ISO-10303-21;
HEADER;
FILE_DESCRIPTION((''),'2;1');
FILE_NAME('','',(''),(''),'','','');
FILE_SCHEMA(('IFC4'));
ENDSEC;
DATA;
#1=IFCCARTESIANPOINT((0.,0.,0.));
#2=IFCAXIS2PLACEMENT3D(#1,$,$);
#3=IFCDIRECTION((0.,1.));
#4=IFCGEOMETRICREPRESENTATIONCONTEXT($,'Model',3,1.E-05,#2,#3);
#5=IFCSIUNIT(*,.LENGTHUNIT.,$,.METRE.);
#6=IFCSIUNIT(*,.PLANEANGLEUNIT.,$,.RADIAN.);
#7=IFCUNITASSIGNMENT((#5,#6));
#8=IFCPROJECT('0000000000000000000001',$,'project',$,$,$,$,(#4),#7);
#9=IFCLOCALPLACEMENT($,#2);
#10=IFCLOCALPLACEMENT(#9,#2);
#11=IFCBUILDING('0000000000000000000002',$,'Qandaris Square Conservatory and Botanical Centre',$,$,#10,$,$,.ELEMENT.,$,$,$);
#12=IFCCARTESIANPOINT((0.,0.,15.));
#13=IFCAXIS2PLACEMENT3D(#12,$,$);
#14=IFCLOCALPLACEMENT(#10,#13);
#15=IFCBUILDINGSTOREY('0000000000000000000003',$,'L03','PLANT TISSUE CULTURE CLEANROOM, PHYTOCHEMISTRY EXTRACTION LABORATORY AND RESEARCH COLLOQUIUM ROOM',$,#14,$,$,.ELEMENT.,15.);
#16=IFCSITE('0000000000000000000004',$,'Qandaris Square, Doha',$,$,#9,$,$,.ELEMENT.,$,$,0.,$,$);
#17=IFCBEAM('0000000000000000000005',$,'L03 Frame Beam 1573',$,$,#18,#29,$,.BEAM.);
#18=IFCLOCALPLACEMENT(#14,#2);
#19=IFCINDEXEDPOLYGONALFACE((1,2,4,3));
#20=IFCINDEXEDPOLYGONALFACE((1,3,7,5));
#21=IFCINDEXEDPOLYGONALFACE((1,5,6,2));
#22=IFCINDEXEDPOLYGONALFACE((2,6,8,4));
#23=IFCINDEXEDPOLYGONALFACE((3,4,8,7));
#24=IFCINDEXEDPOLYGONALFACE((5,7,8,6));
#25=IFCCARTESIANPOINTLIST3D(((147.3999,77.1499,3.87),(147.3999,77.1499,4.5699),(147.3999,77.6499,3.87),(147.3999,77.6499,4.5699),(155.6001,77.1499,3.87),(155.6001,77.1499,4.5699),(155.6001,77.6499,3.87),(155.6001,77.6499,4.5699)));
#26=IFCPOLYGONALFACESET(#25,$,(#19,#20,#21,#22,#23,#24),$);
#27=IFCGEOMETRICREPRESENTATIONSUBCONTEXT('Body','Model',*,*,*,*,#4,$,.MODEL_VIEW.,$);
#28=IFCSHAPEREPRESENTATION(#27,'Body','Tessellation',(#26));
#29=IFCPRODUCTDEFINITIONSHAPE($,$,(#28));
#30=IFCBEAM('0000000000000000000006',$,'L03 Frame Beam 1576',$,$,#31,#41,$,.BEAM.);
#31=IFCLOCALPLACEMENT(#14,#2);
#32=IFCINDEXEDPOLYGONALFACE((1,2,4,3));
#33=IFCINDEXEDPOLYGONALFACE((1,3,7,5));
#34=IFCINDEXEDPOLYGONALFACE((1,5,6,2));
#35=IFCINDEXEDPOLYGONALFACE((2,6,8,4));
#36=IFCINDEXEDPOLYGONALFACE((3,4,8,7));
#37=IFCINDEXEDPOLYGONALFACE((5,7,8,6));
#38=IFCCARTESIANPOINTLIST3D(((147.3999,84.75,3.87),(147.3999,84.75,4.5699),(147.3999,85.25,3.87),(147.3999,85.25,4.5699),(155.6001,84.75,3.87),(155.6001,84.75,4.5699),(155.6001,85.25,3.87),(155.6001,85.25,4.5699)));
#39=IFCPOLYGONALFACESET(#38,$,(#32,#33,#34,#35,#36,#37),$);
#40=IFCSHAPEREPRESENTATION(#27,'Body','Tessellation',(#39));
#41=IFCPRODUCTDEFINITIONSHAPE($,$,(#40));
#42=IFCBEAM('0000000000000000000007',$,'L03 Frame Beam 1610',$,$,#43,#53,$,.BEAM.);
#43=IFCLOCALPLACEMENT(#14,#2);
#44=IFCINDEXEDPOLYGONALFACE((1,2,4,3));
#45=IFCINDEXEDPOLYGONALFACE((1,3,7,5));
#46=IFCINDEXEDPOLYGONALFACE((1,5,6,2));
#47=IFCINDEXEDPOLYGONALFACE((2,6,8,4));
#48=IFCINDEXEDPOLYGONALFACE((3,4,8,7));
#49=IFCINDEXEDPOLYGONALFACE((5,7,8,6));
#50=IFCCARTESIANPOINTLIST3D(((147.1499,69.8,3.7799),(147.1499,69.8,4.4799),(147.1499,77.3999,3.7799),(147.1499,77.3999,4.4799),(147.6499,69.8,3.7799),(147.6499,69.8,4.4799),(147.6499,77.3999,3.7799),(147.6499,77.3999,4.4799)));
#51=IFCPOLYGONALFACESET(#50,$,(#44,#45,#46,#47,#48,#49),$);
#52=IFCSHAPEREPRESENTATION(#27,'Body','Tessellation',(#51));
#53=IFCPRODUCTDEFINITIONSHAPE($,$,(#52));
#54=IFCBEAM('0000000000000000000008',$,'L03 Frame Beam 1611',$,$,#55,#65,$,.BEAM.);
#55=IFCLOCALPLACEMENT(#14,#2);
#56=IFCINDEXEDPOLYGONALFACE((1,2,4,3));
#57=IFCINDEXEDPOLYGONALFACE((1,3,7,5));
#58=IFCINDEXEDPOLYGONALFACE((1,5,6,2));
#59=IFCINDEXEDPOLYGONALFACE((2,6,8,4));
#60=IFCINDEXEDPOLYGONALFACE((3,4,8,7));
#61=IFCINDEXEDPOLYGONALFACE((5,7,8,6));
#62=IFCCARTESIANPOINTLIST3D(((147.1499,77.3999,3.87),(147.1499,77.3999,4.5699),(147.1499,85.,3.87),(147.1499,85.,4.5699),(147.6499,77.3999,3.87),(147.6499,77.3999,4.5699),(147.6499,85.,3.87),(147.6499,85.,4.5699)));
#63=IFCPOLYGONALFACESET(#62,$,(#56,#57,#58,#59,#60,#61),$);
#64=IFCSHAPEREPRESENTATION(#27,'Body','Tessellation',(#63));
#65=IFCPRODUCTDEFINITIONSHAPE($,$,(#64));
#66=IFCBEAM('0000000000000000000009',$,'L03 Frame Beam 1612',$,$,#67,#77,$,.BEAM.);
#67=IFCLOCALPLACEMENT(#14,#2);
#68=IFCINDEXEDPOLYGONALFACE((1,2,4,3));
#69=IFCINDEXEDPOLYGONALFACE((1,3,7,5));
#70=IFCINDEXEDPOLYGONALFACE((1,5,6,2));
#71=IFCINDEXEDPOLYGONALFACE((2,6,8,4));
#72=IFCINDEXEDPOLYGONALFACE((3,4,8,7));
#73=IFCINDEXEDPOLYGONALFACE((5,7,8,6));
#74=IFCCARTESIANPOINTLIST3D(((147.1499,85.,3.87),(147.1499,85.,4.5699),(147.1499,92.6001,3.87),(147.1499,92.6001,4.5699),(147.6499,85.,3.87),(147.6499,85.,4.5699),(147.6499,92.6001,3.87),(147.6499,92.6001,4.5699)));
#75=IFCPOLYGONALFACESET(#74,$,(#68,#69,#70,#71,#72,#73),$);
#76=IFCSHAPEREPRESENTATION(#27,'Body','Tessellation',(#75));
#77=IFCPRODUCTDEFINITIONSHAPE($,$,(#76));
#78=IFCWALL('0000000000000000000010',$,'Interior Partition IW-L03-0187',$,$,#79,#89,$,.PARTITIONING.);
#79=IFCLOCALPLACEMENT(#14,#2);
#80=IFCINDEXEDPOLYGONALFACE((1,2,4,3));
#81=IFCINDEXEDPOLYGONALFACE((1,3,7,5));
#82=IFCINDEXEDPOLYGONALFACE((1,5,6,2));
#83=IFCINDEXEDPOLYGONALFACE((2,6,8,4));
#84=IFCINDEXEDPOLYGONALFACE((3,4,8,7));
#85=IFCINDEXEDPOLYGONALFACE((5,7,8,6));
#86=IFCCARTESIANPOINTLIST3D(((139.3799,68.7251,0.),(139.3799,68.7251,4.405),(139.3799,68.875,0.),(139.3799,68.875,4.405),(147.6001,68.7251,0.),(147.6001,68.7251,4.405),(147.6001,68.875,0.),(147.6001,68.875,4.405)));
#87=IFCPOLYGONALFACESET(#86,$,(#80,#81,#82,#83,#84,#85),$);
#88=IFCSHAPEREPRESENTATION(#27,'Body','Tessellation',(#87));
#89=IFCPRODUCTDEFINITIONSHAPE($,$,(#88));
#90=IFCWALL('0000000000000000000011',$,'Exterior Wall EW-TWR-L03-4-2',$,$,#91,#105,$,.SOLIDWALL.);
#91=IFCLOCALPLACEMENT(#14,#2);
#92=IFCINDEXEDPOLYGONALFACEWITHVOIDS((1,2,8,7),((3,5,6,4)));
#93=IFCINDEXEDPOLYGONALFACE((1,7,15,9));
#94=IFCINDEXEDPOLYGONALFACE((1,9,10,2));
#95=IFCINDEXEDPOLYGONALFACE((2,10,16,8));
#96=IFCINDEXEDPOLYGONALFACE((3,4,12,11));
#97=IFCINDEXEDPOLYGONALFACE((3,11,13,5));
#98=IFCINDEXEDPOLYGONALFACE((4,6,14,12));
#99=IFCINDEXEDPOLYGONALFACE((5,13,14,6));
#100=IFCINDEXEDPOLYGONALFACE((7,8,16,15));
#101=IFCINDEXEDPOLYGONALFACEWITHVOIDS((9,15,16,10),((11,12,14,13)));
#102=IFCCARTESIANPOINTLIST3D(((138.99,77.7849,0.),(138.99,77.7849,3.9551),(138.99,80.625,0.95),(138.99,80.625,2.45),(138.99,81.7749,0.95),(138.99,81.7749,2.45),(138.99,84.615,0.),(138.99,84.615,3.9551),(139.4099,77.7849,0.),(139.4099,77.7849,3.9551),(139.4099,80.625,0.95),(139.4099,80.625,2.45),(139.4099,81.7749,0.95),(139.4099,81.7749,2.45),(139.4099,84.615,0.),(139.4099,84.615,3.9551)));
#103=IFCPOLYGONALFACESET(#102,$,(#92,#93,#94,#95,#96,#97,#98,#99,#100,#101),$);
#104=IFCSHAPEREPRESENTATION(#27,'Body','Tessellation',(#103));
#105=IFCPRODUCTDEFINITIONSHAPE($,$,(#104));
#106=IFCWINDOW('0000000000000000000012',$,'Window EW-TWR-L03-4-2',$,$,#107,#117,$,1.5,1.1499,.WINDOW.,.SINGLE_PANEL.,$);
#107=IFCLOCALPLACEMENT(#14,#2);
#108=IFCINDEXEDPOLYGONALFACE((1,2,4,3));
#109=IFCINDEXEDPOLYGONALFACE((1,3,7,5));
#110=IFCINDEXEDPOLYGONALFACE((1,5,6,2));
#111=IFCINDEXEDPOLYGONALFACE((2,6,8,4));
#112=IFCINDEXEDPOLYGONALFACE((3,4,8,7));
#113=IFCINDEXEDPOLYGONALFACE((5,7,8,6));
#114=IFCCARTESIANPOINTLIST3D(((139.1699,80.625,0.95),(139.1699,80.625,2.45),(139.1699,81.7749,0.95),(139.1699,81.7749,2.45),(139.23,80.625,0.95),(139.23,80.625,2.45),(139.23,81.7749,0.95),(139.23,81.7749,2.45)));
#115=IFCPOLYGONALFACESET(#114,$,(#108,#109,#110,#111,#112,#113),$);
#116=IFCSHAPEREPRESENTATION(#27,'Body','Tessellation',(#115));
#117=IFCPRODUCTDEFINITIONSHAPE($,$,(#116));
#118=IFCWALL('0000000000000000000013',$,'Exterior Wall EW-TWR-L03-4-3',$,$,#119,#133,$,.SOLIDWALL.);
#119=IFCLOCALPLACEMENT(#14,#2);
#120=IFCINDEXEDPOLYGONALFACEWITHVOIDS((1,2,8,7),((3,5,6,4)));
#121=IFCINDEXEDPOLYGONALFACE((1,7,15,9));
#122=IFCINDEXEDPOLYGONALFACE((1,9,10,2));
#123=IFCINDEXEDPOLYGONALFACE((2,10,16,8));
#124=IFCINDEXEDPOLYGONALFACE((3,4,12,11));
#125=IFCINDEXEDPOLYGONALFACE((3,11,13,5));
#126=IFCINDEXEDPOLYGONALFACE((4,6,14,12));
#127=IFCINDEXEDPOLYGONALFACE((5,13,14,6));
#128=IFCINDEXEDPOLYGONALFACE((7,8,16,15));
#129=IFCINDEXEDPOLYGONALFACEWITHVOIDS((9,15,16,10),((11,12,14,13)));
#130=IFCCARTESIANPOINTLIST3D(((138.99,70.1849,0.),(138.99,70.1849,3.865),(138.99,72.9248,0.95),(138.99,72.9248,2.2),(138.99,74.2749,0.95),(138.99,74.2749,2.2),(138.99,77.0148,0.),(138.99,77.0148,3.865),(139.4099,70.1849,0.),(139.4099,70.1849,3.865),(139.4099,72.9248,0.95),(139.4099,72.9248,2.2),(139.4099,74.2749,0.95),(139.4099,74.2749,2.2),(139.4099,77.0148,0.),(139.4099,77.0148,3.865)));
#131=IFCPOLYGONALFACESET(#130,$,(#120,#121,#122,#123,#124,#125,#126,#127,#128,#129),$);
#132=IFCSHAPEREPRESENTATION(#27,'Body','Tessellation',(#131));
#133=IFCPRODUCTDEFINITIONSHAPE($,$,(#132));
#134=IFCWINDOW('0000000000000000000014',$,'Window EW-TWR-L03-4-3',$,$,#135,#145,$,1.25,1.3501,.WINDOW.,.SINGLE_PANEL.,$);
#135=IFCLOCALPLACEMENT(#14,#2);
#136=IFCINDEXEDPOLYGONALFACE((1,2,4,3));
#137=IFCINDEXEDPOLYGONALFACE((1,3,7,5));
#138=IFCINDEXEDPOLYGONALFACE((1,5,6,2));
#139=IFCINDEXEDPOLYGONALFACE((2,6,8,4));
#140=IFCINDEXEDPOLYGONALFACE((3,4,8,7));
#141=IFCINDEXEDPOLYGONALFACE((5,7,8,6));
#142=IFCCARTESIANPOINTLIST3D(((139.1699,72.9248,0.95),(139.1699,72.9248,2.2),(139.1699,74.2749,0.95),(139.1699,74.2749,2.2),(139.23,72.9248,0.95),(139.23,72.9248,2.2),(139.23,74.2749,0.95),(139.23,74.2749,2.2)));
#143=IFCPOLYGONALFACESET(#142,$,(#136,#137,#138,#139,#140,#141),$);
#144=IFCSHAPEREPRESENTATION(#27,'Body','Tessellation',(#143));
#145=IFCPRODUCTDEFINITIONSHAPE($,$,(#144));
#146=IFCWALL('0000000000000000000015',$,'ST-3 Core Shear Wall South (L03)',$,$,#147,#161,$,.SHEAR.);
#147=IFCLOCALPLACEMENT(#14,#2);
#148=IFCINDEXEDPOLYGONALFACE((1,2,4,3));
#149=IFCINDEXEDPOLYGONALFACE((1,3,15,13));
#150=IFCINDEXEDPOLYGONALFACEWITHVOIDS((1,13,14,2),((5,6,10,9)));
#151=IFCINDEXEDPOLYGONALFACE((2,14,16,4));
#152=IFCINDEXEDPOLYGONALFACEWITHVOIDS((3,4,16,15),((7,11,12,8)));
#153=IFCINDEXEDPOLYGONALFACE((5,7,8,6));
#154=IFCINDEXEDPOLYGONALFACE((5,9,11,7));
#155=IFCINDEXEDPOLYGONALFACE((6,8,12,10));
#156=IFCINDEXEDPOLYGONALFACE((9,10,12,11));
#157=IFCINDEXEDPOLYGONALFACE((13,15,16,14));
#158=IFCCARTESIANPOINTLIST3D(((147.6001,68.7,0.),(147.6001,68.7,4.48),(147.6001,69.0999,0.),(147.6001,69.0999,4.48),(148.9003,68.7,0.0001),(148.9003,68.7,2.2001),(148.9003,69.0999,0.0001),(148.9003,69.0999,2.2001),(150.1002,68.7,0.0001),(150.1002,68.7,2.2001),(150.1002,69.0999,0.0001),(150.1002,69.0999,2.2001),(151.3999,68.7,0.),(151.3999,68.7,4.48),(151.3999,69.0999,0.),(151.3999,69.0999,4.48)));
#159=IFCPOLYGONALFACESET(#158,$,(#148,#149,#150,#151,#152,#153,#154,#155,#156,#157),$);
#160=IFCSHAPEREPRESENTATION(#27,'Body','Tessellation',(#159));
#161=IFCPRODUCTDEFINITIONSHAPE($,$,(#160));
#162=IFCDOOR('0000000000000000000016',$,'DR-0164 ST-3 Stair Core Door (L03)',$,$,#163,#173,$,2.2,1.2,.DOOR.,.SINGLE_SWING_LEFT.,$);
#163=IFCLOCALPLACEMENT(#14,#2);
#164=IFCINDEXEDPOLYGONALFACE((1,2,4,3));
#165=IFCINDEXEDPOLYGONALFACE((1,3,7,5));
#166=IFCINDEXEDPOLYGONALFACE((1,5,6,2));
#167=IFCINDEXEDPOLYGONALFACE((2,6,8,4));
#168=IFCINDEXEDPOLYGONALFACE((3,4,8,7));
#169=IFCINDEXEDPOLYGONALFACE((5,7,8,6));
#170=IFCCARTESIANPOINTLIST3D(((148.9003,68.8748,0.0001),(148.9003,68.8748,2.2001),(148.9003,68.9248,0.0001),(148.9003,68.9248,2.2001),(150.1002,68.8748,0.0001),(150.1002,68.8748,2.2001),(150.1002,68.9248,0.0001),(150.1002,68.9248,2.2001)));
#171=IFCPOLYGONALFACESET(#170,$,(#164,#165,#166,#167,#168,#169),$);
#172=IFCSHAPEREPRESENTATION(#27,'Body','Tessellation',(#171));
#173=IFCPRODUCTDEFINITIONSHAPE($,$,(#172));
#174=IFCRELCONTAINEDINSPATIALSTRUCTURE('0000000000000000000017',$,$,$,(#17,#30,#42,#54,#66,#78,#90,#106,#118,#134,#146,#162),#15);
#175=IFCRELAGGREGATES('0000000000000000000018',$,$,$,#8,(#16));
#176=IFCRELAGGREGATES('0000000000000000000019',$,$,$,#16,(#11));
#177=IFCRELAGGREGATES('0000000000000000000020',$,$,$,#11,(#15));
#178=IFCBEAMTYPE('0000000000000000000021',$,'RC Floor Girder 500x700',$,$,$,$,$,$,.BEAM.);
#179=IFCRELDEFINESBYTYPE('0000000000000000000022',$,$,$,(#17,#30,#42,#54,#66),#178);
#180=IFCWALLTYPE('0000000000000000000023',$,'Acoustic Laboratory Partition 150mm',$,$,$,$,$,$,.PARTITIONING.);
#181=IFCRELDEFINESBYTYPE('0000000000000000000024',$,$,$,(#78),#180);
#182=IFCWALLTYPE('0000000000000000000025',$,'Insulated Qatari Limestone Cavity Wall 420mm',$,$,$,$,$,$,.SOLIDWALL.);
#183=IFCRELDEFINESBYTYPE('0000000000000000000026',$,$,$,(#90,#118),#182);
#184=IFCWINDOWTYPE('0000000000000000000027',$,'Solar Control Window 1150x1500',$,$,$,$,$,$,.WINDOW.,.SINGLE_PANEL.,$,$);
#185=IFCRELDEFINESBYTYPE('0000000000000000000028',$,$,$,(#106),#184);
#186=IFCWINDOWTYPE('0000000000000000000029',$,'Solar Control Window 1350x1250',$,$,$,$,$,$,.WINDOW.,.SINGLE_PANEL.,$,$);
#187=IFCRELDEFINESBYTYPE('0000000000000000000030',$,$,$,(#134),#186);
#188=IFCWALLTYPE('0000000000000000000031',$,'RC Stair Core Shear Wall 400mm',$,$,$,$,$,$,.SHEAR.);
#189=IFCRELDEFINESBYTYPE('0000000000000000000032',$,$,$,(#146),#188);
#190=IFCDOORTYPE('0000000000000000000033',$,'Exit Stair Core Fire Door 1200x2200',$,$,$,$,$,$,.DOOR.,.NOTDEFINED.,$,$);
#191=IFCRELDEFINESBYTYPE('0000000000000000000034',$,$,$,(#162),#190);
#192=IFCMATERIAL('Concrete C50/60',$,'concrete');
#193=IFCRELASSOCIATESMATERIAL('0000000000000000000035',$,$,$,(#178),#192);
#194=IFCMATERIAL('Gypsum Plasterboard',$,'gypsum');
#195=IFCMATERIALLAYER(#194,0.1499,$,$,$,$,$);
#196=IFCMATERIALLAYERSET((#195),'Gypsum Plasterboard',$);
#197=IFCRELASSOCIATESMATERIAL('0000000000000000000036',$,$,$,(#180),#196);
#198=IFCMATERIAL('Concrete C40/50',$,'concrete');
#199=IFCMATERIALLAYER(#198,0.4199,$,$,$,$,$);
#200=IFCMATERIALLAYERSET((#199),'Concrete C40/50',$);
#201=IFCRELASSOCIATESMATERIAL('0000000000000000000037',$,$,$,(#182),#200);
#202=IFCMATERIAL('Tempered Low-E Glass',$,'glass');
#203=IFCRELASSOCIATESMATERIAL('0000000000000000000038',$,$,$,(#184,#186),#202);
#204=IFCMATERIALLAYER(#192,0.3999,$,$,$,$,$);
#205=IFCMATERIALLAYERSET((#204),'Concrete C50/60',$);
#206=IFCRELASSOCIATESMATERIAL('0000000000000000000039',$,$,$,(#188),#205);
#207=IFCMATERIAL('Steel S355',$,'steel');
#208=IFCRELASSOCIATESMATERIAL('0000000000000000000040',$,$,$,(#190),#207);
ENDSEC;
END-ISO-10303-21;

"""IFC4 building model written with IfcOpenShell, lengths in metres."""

from ifc_helpers import new_model, si_unit, direction, frame, frame_2d, origin, origin_2d, place, context, subcontext, project, spatial, rectangle, extrude, material, layer, layer_set, material_profile, profile_set, type_object, element, fill, save


model = new_model("IFC4")

# Units and contexts
model_context = context("Model", 3, precision=1e-05, world=origin(), true_north=direction((0.0, 1.0)))
body_context = subcontext(model_context, "Body", "Model", "MODEL_VIEW")
ifc_project = project(units=[si_unit("LENGTHUNIT", "METRE"), si_unit("PLANEANGLEUNIT", "RADIAN")], contexts=[model_context])

# Site, building, storey
site_placement = place(None, origin())
site = spatial("IfcSite", under=ifc_project, at=site_placement, Name="Qandaris Square, Doha", CompositionType="ELEMENT", RefElevation=0.0)
building_placement = place(site_placement, origin())
building = spatial("IfcBuilding", under=site, at=building_placement, Name="Qandaris Square Conservatory and Botanical Centre", CompositionType="ELEMENT")
storey_placement = place(building_placement, frame((0.0, 0.0, 15.0)))
storey = spatial("IfcBuildingStorey", under=building, at=storey_placement, Name="L03", Description="PLANT TISSUE CULTURE CLEANROOM, PHYTOCHEMISTRY EXTRACTION LABORATORY AND RESEARCH COLLOQUIUM ROOM", CompositionType="ELEMENT", Elevation=15.0)

# Shared definitions
ifc_material_1 = material(Name="Concrete C50/60", Category="concrete")

# Shared definitions
ifc_material_2 = material(Name="Steel S355", Category="steel")

# Beams
ifc_material_profile_1 = material_profile(ifc_material_1, rectangle(XDim=0.5, YDim=0.7, at=origin_2d()), Name="RC-BM 500x700")
ifc_profile_set_1 = profile_set([ifc_material_profile_1], Name="Concrete C50/60")
beam_type_1 = type_object("IfcBeamType", Name="RC Floor Girder 500x700", PredefinedType="BEAM", material=ifc_profile_set_1)
for number, where, z_axis, x_axis, name in (
    (1, (147.3999, 77.3999, 4.22), (1.0, 0.0, 0.0), (0.0, 1.0, 0.0), "L03 Frame Beam 1573"),
    (2, (147.3999, 85.0, 4.22), (1.0, 0.0, 0.0), (0.0, 1.0, 0.0), "L03 Frame Beam 1576"),
):
    element("IfcBeam", number, at=place(storey_placement, frame(where, z_axis=z_axis, x_axis=x_axis)), inside=storey, type_object=beam_type_1, Name=name, PredefinedType="BEAM", context=body_context, shape_type="SweptSolid", body=[
        extrude(rectangle(XDim=0.5, YDim=0.7, at=origin_2d()), origin(), (0.0, 0.0, 1.0), 8.2002),
    ])
beam_1_placement = place(storey_placement, frame((147.3999, 69.8, 4.1299), z_axis=(0.0, 1.0, 0.0), x_axis=(-1.0, 0.0, 0.0)))
element("IfcBeam", 3, at=beam_1_placement, inside=storey, type_object=beam_type_1, Name="L03 Frame Beam 1610", PredefinedType="BEAM", context=body_context, shape_type="SweptSolid", body=[
    extrude(rectangle(XDim=0.5, YDim=0.7, at=origin_2d()), origin(), (0.0, 0.0, 1.0), 7.5999),
])
for number, where, z_axis, x_axis, name in (
    (4, (147.3999, 77.3999, 4.22), (0.0, 1.0, 0.0), (-1.0, 0.0, 0.0), "L03 Frame Beam 1611"),
    (5, (147.3999, 85.0, 4.22), (0.0, 1.0, 0.0), (-1.0, 0.0, 0.0), "L03 Frame Beam 1612"),
):
    element("IfcBeam", number, at=place(storey_placement, frame(where, z_axis=z_axis, x_axis=x_axis)), inside=storey, type_object=beam_type_1, Name=name, PredefinedType="BEAM", context=body_context, shape_type="SweptSolid", body=[
        extrude(rectangle(XDim=0.5, YDim=0.7, at=origin_2d()), origin(), (0.0, 0.0, 1.0), 7.6001),
    ])

# Wall
ifc_material_3 = material(Name="Gypsum Plasterboard", Category="gypsum")
ifc_layer_1 = layer(ifc_material_3, 0.1499)
ifc_layer_set_1 = layer_set([ifc_layer_1], Name="Gypsum Plasterboard")
wall_type_1 = type_object("IfcWallType", Name="Acoustic Laboratory Partition 150mm", PredefinedType="PARTITIONING", material=ifc_layer_set_1)
wall_1_placement = place(storey_placement, frame((139.3799, 68.8, 0.0), z_axis=(0.0, 0.0, 1.0), x_axis=(1.0, 0.0, 0.0)))
element("IfcWall", 6, at=wall_1_placement, inside=storey, type_object=wall_type_1, Name="Interior Partition IW-L03-0187", PredefinedType="PARTITIONING", context=body_context, shape_type="SweptSolid", body=[
    extrude(rectangle(XDim=8.2202, YDim=0.1499, at=frame_2d((4.1101, 0.0))), origin(), (0.0, 0.0, 1.0), 4.405),
])

# Walls, openings, windows
ifc_material_4 = material(Name="Concrete C40/50", Category="concrete")
ifc_layer_2 = layer(ifc_material_4, 0.4199)
ifc_layer_set_2 = layer_set([ifc_layer_2], Name="Concrete C40/50")
wall_type_2 = type_object("IfcWallType", Name="Insulated Qatari Limestone Cavity Wall 420mm", PredefinedType="SOLIDWALL", material=ifc_layer_set_2)
wall_2_placement = place(storey_placement, frame((139.2, 84.615, 0.0), z_axis=(0.0, 0.0, 1.0), x_axis=(0.0, -1.0, 0.0)))
wall_2 = element("IfcWall", 7, at=wall_2_placement, inside=storey, type_object=wall_type_2, Name="Exterior Wall EW-TWR-L03-4-2", PredefinedType="SOLIDWALL", context=body_context, shape_type="SweptSolid", body=[
    extrude(rectangle(XDim=6.8301, YDim=0.4199, at=frame_2d((3.415, 0.0))), origin(), (0.0, 0.0, 1.0), 3.9551),
])
opening_1_placement = place(wall_2_placement, frame((2.8401, 0.0, 0.95)))
opening_1 = element("IfcOpeningElement", 8, at=opening_1_placement, cuts=wall_2, PredefinedType="OPENING", context=body_context, shape_type="SweptSolid", body=[
    extrude(rectangle(XDim=1.1499, YDim=1.5, at=frame_2d((0.575, 0.75))), frame((0.0, 0.2219, 0.0), z_axis=(0.0, -1.0, 0.0), x_axis=(1.0, 0.0, 0.0)), (0.0, 0.0, 1.0), 0.4438),
])
ifc_material_5 = material(Name="Tempered Low-E Glass", Category="glass")
window_type_1 = type_object("IfcWindowType", Name="Solar Control Window 1150x1500", PartitioningType="SINGLE_PANEL", PredefinedType="WINDOW", material=ifc_material_5)
window_1_placement = place(opening_1_placement, origin())
window_1 = element("IfcWindow", 9, at=window_1_placement, inside=storey, type_object=window_type_1, Name="Window EW-TWR-L03-4-2", OverallHeight=1.5, OverallWidth=1.1499, PartitioningType="SINGLE_PANEL", PredefinedType="WINDOW", context=body_context, shape_type="SweptSolid", body=[
    extrude(rectangle(XDim=1.1499, YDim=1.5, at=frame_2d((0.575, 0.75))), frame((0.0, 0.03, 0.0), z_axis=(0.0, -1.0, 0.0), x_axis=(1.0, 0.0, 0.0)), (0.0, 0.0, 1.0), 0.0601),
])
fill(opening_1, window_1)
wall_3_placement = place(storey_placement, frame((139.2, 77.0149, 0.0), z_axis=(0.0, 0.0, 1.0), x_axis=(0.0, -1.0, 0.0)))
wall_3 = element("IfcWall", 10, at=wall_3_placement, inside=storey, type_object=wall_type_2, Name="Exterior Wall EW-TWR-L03-4-3", PredefinedType="SOLIDWALL", context=body_context, shape_type="SweptSolid", body=[
    extrude(rectangle(XDim=6.8298, YDim=0.4199, at=frame_2d((3.415, 0.0))), origin(), (0.0, 0.0, 1.0), 3.865),
])
opening_2_placement = place(wall_3_placement, frame((2.74, 0.0, 0.95)))
opening_2 = element("IfcOpeningElement", 11, at=opening_2_placement, cuts=wall_3, PredefinedType="OPENING", context=body_context, shape_type="SweptSolid", body=[
    extrude(rectangle(XDim=1.3501, YDim=1.25, at=frame_2d((0.675, 0.625))), frame((0.0, 0.2219, 0.0), z_axis=(0.0, -1.0, 0.0), x_axis=(1.0, 0.0, 0.0)), (0.0, 0.0, 1.0), 0.4438),
])
window_type_2 = type_object("IfcWindowType", Name="Solar Control Window 1350x1250", PartitioningType="SINGLE_PANEL", PredefinedType="WINDOW", material=ifc_material_5)
window_2_placement = place(opening_2_placement, origin())
window_2 = element("IfcWindow", 12, at=window_2_placement, inside=storey, type_object=window_type_2, Name="Window EW-TWR-L03-4-3", OverallHeight=1.25, OverallWidth=1.3501, PartitioningType="SINGLE_PANEL", PredefinedType="WINDOW", context=body_context, shape_type="SweptSolid", body=[
    extrude(rectangle(XDim=1.3501, YDim=1.25, at=frame_2d((0.675, 0.625))), frame((0.0, 0.03, 0.0), z_axis=(0.0, -1.0, 0.0), x_axis=(1.0, 0.0, 0.0)), (0.0, 0.0, 1.0), 0.0601),
])
fill(opening_2, window_2)

# Wall, opening, door
ifc_layer_3 = layer(ifc_material_1, 0.3999)
ifc_layer_set_3 = layer_set([ifc_layer_3], Name="Concrete C50/60")
wall_type_3 = type_object("IfcWallType", Name="RC Stair Core Shear Wall 400mm", PredefinedType="SHEAR", material=ifc_layer_set_3)
wall_4_placement = place(storey_placement, frame((147.6001, 68.8999, 0.0), z_axis=(0.0, 0.0, 1.0), x_axis=(1.0, 0.0, 0.0)))
wall_4 = element("IfcWall", 13, at=wall_4_placement, inside=storey, type_object=wall_type_3, Name="ST-3 Core Shear Wall South (L03)", PredefinedType="SHEAR", context=body_context, shape_type="SweptSolid", body=[
    extrude(rectangle(XDim=3.7998, YDim=0.3999, at=frame_2d((1.8999, 0.0))), origin(), (0.0, 0.0, 1.0), 4.48),
])
opening_3_placement = place(wall_4_placement, frame((1.3, 0.0, 0.0)))
opening_3 = element("IfcOpeningElement", 14, at=opening_3_placement, cuts=wall_4, PredefinedType="OPENING", context=body_context, shape_type="SweptSolid", body=[
    extrude(rectangle(XDim=1.2, YDim=2.2, at=frame_2d((0.6001, 1.1001))), frame((0.0, 0.2119, 0.0), z_axis=(0.0, -1.0, 0.0), x_axis=(1.0, 0.0, 0.0)), (0.0, 0.0, 1.0), 0.4238),
])
door_type = type_object("IfcDoorType", Name="Exit Stair Core Fire Door 1200x2200", OperationType="NOTDEFINED", PredefinedType="DOOR", material=ifc_material_2)
door_placement = place(opening_3_placement, origin())
door = element("IfcDoor", 15, at=door_placement, inside=storey, type_object=door_type, Name="DR-0164 ST-3 Stair Core Door (L03)", OperationType="SINGLE_SWING_LEFT", OverallHeight=2.2, OverallWidth=1.2, PredefinedType="DOOR", context=body_context, shape_type="SweptSolid", body=[
    extrude(rectangle(XDim=1.2, YDim=2.2, at=frame_2d((0.6001, 1.1001))), frame((0.0, 0.0249, 0.0), z_axis=(0.0, -1.0, 0.0), x_axis=(1.0, 0.0, 0.0)), (0.0, 0.0, 1.0), 0.05),
])
fill(opening_3, door)

save(model, "model.ifc")
